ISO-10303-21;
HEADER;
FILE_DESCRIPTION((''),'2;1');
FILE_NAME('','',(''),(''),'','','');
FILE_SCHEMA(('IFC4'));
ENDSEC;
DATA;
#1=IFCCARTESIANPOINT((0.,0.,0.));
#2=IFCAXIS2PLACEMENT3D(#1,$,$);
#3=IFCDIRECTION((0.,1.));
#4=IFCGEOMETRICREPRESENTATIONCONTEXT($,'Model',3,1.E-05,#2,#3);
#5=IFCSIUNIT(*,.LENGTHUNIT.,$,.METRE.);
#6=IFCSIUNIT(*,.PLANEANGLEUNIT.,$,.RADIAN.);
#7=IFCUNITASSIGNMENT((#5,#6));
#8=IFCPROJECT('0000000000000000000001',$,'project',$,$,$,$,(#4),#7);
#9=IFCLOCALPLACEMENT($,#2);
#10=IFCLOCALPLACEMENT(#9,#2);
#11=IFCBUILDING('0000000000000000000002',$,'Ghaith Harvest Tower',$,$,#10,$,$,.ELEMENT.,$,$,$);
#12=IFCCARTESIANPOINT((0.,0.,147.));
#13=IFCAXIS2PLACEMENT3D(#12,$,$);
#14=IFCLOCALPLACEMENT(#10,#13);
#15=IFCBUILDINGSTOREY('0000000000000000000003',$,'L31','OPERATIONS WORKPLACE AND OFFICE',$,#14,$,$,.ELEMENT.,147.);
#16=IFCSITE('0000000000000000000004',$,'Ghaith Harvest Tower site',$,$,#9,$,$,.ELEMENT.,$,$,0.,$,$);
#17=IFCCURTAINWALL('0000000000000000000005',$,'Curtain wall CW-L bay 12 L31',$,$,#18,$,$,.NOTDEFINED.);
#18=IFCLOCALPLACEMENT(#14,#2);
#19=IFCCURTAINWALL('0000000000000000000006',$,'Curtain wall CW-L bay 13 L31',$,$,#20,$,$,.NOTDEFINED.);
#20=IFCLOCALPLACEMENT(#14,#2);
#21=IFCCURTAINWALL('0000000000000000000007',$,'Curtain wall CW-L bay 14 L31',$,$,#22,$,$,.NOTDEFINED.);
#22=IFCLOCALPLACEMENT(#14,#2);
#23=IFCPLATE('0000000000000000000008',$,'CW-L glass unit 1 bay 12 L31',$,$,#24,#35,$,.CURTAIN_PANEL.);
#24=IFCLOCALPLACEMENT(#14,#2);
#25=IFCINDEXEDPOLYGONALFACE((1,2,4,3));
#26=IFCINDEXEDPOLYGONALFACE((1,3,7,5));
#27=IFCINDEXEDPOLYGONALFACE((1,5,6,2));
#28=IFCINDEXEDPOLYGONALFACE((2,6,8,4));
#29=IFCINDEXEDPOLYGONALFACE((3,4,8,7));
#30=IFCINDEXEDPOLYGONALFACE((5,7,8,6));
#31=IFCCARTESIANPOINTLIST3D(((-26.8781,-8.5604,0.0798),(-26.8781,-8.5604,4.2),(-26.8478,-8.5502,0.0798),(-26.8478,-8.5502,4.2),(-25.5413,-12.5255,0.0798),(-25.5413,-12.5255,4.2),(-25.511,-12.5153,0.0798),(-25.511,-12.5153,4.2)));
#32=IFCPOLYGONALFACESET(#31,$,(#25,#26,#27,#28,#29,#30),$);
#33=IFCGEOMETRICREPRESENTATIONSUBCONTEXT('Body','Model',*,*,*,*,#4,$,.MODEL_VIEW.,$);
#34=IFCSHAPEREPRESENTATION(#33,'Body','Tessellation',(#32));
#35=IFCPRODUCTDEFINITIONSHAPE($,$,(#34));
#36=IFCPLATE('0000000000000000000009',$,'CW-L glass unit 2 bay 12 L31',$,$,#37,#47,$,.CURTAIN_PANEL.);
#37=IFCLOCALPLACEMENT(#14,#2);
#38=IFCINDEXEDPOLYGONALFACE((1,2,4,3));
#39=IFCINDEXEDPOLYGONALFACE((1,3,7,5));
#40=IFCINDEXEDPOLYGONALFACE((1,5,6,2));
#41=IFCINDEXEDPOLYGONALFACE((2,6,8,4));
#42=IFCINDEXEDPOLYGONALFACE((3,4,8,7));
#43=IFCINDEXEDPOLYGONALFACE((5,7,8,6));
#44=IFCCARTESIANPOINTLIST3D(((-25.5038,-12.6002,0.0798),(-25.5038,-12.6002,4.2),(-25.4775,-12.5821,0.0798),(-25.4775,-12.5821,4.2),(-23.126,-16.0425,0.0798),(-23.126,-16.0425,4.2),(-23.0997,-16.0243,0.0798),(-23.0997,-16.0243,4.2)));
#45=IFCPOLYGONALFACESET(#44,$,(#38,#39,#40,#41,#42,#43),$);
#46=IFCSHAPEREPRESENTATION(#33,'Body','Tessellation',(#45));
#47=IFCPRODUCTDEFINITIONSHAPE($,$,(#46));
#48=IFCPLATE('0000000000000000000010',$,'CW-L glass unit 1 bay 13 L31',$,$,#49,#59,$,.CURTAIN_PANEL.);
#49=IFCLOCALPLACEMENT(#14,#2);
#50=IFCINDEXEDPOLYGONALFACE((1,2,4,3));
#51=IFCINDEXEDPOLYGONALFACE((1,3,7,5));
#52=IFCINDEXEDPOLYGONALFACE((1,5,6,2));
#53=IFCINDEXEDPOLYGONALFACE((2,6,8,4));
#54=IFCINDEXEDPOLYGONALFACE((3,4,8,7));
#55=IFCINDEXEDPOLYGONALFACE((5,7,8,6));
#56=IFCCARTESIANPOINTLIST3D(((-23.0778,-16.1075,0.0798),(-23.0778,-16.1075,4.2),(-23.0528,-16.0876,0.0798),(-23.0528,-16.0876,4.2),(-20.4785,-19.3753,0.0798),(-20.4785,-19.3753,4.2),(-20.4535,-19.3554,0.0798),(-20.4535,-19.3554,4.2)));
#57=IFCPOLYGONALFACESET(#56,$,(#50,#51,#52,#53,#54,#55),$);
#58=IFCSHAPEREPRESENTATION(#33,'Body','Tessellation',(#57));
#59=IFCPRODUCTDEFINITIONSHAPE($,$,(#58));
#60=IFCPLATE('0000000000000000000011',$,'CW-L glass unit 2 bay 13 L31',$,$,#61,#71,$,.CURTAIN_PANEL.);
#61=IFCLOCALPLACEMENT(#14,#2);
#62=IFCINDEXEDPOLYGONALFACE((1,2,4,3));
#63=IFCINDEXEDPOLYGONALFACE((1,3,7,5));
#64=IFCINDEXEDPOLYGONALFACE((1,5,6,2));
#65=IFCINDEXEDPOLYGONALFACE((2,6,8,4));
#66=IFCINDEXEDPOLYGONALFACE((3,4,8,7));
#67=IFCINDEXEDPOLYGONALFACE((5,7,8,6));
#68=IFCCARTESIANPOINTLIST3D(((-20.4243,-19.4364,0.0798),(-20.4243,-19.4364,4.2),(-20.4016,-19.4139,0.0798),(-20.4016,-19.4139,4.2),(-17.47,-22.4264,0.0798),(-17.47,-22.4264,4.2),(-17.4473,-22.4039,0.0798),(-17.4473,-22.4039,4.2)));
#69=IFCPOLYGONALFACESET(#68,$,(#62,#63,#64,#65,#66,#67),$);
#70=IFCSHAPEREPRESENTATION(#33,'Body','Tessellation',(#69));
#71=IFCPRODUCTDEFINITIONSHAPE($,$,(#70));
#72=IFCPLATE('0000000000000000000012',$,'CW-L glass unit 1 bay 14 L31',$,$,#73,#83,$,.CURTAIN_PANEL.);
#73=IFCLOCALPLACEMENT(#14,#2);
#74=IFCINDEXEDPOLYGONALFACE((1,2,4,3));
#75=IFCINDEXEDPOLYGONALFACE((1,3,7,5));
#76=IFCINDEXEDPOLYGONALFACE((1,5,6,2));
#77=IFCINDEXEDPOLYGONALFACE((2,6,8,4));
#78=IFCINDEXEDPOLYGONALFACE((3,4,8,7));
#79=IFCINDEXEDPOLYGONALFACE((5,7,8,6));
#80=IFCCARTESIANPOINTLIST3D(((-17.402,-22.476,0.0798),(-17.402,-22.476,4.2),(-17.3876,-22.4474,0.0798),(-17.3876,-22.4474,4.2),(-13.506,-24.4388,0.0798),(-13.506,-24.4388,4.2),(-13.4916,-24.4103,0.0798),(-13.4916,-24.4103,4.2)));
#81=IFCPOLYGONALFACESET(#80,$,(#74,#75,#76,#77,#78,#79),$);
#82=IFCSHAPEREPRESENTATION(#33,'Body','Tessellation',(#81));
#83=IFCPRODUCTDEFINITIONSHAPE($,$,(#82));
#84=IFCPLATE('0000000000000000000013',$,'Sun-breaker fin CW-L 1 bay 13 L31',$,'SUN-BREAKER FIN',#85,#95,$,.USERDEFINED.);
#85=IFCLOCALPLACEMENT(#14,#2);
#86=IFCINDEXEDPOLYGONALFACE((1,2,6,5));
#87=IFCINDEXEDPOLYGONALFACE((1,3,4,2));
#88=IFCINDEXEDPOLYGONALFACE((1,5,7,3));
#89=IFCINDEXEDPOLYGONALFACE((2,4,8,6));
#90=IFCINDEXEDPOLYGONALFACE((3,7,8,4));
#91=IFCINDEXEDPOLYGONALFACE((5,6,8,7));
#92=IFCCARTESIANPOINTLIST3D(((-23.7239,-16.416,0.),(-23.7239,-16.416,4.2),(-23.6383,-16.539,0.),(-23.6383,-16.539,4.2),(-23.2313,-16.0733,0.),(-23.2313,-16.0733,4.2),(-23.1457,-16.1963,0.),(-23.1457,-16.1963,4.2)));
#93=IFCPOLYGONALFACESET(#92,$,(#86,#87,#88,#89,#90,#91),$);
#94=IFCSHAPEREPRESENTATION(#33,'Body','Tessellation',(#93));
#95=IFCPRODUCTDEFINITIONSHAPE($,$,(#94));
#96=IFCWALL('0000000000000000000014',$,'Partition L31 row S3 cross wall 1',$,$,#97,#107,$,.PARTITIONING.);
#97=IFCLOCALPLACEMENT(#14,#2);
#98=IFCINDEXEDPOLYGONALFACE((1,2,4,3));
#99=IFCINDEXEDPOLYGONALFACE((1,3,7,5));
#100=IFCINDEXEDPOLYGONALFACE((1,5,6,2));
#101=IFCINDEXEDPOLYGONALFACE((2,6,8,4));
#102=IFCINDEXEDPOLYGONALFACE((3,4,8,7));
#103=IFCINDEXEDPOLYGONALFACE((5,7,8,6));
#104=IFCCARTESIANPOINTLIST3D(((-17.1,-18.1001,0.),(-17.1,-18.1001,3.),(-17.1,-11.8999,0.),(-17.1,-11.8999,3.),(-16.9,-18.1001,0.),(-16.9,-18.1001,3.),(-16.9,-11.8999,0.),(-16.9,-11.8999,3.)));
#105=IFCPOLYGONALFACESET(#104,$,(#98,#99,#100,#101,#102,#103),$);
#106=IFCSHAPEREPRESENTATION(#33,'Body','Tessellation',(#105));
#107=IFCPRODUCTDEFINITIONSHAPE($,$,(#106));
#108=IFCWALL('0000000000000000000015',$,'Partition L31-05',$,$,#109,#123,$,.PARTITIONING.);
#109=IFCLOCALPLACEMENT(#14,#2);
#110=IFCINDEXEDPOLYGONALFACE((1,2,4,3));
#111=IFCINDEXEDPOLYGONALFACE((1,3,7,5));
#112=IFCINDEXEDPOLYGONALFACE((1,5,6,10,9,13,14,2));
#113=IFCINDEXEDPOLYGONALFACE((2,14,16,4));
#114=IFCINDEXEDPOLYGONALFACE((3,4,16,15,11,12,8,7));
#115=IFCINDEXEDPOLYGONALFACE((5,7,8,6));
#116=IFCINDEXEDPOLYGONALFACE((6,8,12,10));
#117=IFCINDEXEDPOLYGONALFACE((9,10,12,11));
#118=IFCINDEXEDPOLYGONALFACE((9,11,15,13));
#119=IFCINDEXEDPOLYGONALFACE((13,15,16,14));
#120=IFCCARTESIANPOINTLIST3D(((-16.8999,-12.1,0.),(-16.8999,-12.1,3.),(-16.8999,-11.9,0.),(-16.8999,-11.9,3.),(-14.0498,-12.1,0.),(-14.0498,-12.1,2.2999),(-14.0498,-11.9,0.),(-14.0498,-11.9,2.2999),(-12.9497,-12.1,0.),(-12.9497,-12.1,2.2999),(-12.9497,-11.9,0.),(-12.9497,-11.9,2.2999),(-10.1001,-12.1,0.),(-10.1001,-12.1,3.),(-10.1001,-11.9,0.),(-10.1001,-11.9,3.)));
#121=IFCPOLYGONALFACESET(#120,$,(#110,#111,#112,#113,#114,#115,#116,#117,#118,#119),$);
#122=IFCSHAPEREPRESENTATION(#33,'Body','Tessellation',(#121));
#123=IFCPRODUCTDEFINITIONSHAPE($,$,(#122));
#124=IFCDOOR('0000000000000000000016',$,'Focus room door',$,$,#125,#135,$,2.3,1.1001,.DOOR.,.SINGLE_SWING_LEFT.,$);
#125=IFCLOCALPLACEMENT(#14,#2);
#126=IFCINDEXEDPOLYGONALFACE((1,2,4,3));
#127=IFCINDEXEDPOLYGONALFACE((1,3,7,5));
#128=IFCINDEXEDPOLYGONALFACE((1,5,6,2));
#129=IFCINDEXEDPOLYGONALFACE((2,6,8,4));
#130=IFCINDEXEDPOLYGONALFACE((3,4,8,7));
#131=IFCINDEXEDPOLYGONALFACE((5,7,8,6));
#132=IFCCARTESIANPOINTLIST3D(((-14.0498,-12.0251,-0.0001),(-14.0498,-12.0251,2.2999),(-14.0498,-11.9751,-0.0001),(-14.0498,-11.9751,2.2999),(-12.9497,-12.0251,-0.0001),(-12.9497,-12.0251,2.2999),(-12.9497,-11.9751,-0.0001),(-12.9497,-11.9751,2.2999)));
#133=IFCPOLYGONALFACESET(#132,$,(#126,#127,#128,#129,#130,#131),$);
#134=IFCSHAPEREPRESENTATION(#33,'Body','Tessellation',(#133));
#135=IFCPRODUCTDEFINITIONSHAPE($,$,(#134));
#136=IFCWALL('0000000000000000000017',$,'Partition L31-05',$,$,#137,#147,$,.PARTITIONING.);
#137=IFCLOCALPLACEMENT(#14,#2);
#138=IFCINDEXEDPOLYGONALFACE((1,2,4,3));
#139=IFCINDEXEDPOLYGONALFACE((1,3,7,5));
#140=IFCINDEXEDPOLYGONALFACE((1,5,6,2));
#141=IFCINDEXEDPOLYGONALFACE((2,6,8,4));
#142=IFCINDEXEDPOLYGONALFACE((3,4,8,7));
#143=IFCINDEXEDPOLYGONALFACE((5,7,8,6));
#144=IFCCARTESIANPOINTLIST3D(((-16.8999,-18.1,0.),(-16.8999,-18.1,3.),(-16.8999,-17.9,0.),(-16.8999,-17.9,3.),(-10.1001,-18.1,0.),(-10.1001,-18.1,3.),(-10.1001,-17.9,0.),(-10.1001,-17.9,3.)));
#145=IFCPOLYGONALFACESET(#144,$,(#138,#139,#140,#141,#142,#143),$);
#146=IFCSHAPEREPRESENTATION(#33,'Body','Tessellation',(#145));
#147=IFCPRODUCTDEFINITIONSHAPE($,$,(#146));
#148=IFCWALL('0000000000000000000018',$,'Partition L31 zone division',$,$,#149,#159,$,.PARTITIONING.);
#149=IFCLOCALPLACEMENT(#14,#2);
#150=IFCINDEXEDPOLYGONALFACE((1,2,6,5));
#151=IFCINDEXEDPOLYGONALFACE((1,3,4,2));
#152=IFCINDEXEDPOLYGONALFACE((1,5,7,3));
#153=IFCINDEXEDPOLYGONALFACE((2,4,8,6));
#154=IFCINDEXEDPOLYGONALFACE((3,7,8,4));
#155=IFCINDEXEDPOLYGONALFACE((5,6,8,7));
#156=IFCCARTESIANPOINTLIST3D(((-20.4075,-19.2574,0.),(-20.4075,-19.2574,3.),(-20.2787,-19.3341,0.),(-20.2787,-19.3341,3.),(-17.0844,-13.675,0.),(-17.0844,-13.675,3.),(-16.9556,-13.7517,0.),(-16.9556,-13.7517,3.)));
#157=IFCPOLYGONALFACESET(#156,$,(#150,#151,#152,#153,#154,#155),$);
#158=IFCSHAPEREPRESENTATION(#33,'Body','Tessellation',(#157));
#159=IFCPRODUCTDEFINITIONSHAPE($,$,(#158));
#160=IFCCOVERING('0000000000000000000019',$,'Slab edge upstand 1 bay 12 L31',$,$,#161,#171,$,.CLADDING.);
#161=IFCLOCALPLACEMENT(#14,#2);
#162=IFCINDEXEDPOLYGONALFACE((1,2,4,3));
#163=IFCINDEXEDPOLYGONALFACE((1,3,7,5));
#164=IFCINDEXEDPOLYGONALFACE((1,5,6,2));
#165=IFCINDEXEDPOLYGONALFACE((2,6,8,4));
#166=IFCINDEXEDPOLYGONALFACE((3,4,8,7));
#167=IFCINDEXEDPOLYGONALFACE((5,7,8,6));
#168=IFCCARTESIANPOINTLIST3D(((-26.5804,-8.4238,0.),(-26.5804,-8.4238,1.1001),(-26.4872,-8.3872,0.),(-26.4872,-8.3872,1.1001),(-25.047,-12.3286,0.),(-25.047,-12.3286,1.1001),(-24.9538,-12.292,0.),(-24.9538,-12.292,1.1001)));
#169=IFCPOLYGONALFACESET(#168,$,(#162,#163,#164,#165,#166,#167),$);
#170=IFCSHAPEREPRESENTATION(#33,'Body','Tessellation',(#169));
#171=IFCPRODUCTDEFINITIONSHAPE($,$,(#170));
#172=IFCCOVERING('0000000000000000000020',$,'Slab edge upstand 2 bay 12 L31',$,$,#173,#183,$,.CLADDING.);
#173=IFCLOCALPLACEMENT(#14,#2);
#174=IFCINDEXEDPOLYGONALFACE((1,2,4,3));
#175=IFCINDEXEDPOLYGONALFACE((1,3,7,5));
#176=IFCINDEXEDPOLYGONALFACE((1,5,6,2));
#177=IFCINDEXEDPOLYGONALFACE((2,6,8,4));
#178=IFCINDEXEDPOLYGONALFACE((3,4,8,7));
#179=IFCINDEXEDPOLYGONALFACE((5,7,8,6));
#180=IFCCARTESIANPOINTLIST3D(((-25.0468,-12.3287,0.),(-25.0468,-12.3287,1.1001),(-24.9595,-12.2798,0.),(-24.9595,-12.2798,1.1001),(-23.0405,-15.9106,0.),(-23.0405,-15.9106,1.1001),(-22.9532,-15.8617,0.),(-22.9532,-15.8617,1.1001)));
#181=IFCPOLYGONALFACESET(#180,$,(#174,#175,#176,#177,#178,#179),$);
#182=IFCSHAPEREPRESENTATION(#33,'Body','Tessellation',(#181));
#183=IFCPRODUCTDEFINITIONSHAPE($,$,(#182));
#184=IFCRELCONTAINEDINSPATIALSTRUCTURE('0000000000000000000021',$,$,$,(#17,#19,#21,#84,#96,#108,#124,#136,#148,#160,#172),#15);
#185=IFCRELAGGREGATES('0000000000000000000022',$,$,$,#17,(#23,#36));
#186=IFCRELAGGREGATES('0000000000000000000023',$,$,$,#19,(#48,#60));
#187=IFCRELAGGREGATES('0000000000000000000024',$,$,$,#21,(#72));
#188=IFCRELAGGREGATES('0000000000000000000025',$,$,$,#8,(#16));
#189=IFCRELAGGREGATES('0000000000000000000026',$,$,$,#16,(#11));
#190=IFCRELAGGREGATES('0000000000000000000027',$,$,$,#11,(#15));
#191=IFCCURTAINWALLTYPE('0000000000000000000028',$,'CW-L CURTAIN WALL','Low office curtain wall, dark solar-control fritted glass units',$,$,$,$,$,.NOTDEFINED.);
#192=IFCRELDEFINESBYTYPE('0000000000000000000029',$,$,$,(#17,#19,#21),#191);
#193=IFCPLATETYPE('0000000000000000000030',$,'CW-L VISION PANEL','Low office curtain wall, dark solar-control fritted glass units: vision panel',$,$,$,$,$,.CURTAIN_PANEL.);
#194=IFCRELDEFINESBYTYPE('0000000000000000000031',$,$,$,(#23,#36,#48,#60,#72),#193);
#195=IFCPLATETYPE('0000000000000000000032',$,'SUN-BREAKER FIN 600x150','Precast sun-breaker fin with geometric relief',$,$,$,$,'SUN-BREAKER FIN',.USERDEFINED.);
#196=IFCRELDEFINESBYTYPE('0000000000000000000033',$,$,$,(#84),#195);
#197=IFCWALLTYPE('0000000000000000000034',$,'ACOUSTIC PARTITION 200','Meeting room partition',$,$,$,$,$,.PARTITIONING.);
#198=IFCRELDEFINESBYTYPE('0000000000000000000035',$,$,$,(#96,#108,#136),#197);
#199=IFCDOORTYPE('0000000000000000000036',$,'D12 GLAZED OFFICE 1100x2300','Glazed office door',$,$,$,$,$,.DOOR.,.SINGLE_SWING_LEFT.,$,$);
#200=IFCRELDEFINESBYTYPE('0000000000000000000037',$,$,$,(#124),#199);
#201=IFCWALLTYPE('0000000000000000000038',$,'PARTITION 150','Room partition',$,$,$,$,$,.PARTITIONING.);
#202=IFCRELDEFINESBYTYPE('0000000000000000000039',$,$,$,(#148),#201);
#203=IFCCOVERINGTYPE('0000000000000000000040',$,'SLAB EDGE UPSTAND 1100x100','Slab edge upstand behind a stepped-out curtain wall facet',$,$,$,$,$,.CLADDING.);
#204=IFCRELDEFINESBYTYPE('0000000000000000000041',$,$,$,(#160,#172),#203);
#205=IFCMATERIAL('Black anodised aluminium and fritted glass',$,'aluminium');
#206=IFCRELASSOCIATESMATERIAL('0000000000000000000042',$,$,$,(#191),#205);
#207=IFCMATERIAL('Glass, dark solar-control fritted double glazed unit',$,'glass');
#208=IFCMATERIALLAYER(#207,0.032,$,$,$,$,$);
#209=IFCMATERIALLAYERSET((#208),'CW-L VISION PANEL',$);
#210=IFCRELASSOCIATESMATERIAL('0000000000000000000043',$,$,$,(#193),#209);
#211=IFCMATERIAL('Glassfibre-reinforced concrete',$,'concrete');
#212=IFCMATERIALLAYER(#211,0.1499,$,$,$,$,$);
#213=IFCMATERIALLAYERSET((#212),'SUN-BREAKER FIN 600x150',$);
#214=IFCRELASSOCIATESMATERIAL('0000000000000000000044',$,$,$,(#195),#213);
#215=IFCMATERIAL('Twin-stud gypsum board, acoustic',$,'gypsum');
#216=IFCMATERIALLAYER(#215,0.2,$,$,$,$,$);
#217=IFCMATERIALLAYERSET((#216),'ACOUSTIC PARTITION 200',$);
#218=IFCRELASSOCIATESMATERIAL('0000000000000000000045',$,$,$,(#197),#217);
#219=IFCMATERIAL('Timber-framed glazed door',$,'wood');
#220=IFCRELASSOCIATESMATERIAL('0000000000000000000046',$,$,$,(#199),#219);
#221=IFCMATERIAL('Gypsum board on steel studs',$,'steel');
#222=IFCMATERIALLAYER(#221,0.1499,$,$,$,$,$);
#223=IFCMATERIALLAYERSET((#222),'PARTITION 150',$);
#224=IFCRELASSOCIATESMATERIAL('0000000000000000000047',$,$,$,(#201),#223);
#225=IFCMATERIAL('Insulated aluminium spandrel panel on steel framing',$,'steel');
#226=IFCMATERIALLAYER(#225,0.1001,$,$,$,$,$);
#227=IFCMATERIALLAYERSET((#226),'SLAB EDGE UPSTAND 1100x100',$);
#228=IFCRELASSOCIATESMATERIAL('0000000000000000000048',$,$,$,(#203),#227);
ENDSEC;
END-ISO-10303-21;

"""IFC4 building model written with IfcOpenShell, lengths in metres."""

from ifc_helpers import new_model, si_unit, direction, frame, frame_2d, origin, origin_2d, place, context, subcontext, project, spatial, rectangle, extrude, material, layer, layer_set, type_object, element, fill, aggregate, save


model = new_model("IFC4")

# Units and contexts
model_context = context("Model", 3, precision=1e-05, world=origin(), true_north=direction((0.0, 1.0)))
body_context = subcontext(model_context, "Body", "Model", "MODEL_VIEW")
ifc_project = project(units=[si_unit("LENGTHUNIT", "METRE"), si_unit("PLANEANGLEUNIT", "RADIAN")], contexts=[model_context])

# Site, building, storey
site_placement = place(None, origin())
site = spatial("IfcSite", under=ifc_project, at=site_placement, Name="Ghaith Harvest Tower site", CompositionType="ELEMENT", RefElevation=0.0)
building_placement = place(site_placement, origin())
building = spatial("IfcBuilding", under=site, at=building_placement, Name="Ghaith Harvest Tower", CompositionType="ELEMENT")
storey_placement = place(building_placement, frame((0.0, 0.0, 147.0)))
storey = spatial("IfcBuildingStorey", under=building, at=storey_placement, Name="L31", Description="OPERATIONS WORKPLACE AND OFFICE", CompositionType="ELEMENT", Elevation=147.0)

# Curtain wall
ifc_material_1 = material(Name="Black anodised aluminium and fritted glass", Category="aluminium")
curtain_wall_type = type_object("IfcCurtainWallType", Name="CW-L CURTAIN WALL", Description="Low office curtain wall, dark solar-control fritted glass units", PredefinedType="NOTDEFINED", material=ifc_material_1)
curtain_wall_1_placement = place(storey_placement, origin())
curtain_wall_1 = element("IfcCurtainWall", 1, at=curtain_wall_1_placement, inside=storey, type_object=curtain_wall_type, Name="Curtain wall CW-L bay 12 L31", PredefinedType="NOTDEFINED")

# Curtain wall
curtain_wall_2_placement = place(storey_placement, origin())
curtain_wall_2 = element("IfcCurtainWall", 2, at=curtain_wall_2_placement, inside=storey, type_object=curtain_wall_type, Name="Curtain wall CW-L bay 13 L31", PredefinedType="NOTDEFINED")

# Curtain wall
curtain_wall_3_placement = place(storey_placement, origin())
curtain_wall_3 = element("IfcCurtainWall", 3, at=curtain_wall_3_placement, inside=storey, type_object=curtain_wall_type, Name="Curtain wall CW-L bay 14 L31", PredefinedType="NOTDEFINED")

# Plates
ifc_material_2 = material(Name="Glass, dark solar-control fritted double glazed unit", Category="glass")
ifc_layer_1 = layer(ifc_material_2, 0.032)
ifc_layer_set_1 = layer_set([ifc_layer_1], Name="CW-L VISION PANEL")
plate_type_1 = type_object("IfcPlateType", Name="CW-L VISION PANEL", Description="Low office curtain wall, dark solar-control fritted glass units: vision panel", PredefinedType="CURTAIN_PANEL", material=ifc_layer_set_1)
plate_1_placement = place(storey_placement, frame((-26.1946, -10.5378, 0.0798), z_axis=(0.0, 0.0, 1.0), x_axis=(0.319477, -0.947594, 0.0)))
plate_1 = element("IfcPlate", 4, at=plate_1_placement, type_object=plate_type_1, Name="CW-L glass unit 1 bay 12 L31", PredefinedType="CURTAIN_PANEL", context=body_context, shape_type="SweptSolid", body=[
    extrude(rectangle(XDim=4.1843, YDim=0.032, at=origin_2d()), origin(), (0.0, 0.0, 1.0), 4.1201),
])
plate_2_placement = place(storey_placement, frame((-24.3018, -14.3123, 0.0798), z_axis=(0.0, 0.0, 1.0), x_axis=(0.568348, -0.822788, 0.0)))
plate_2 = element("IfcPlate", 5, at=plate_2_placement, type_object=plate_type_1, Name="CW-L glass unit 2 bay 12 L31", PredefinedType="CURTAIN_PANEL", context=body_context, shape_type="SweptSolid", body=[
    extrude(rectangle(XDim=4.1836, YDim=0.032, at=origin_2d()), origin(), (0.0, 0.0, 1.0), 4.1201),
])
aggregate(curtain_wall_1, [plate_1, plate_2])
plate_3_placement = place(storey_placement, frame((-21.7656, -17.7314, 0.0798), z_axis=(0.0, 0.0, 1.0), x_axis=(0.622507, -0.782614, 0.0)))
plate_3 = element("IfcPlate", 6, at=plate_3_placement, type_object=plate_type_1, Name="CW-L glass unit 1 bay 13 L31", PredefinedType="CURTAIN_PANEL", context=body_context, shape_type="SweptSolid", body=[
    extrude(rectangle(XDim=4.1755, YDim=0.032, at=origin_2d()), origin(), (0.0, 0.0, 1.0), 4.1201),
])
plate_4_placement = place(storey_placement, frame((-18.9358, -20.9202, 0.0798), z_axis=(0.0, 0.0, 1.0), x_axis=(0.702843, -0.711345, 0.0)))
plate_4 = element("IfcPlate", 7, at=plate_4_placement, type_object=plate_type_1, Name="CW-L glass unit 2 bay 13 L31", PredefinedType="CURTAIN_PANEL", context=body_context, shape_type="SweptSolid", body=[
    extrude(rectangle(XDim=4.2034, YDim=0.032, at=origin_2d()), origin(), (0.0, 0.0, 1.0), 4.1201),
])
aggregate(curtain_wall_2, [plate_3, plate_4])
plate_5_placement = place(storey_placement, frame((-15.4468, -23.4431, 0.0798), z_axis=(0.0, 0.0, 1.0), x_axis=(0.893062, -0.449933, 0.0)))
plate_5 = element("IfcPlate", 8, at=plate_5_placement, type_object=plate_type_1, Name="CW-L glass unit 1 bay 14 L31", PredefinedType="CURTAIN_PANEL", context=body_context, shape_type="SweptSolid", body=[
    extrude(rectangle(XDim=4.3625, YDim=0.032, at=origin_2d()), origin(), (0.0, 0.0, 1.0), 4.1201),
])
aggregate(curtain_wall_3, [plate_5])
ifc_material_3 = material(Name="Glassfibre-reinforced concrete", Category="concrete")
ifc_layer_2 = layer(ifc_material_3, 0.1499)
ifc_layer_set_2 = layer_set([ifc_layer_2], Name="SUN-BREAKER FIN 600x150")
plate_type_2 = type_object("IfcPlateType", Name="SUN-BREAKER FIN 600x150", Description="Precast sun-breaker fin with geometric relief", ElementType="SUN-BREAKER FIN", PredefinedType="USERDEFINED", material=ifc_layer_set_2)
plate_6_placement = place(storey_placement, frame((-23.4348, -16.3062, 0.0), z_axis=(0.0, 0.0, 1.0), x_axis=(-0.820845, -0.57115, 0.0)))
element("IfcPlate", 9, at=plate_6_placement, inside=storey, type_object=plate_type_2, Name="Sun-breaker fin CW-L 1 bay 13 L31", ObjectType="SUN-BREAKER FIN", PredefinedType="USERDEFINED", context=body_context, shape_type="SweptSolid", body=[
    extrude(rectangle(XDim=0.6001, YDim=0.1499, at=origin_2d()), origin(), (0.0, 0.0, 1.0), 4.2),
])

# Wall
ifc_material_4 = material(Name="Twin-stud gypsum board, acoustic", Category="gypsum")
ifc_layer_3 = layer(ifc_material_4, 0.2)
ifc_layer_set_3 = layer_set([ifc_layer_3], Name="ACOUSTIC PARTITION 200")
wall_type_1 = type_object("IfcWallType", Name="ACOUSTIC PARTITION 200", Description="Meeting room partition", PredefinedType="PARTITIONING", material=ifc_layer_set_3)
wall_1_placement = place(storey_placement, frame((-17.0, -11.8999, 0.0), z_axis=(0.0, 0.0, 1.0), x_axis=(0.0, -1.0, 0.0)))
element("IfcWall", 10, at=wall_1_placement, inside=storey, type_object=wall_type_1, Name="Partition L31 row S3 cross wall 1", PredefinedType="PARTITIONING", context=body_context, shape_type="SweptSolid", body=[
    extrude(rectangle(XDim=6.2002, YDim=0.2, at=frame_2d((3.1001, 0.0))), origin(), (0.0, 0.0, 1.0), 3.0),
])

# Wall, opening, door
wall_2_placement = place(storey_placement, frame((-16.8999, -12.0, 0.0), z_axis=(0.0, 0.0, 1.0), x_axis=(1.0, 0.0, 0.0)))
wall_2 = element("IfcWall", 11, at=wall_2_placement, inside=storey, type_object=wall_type_1, Name="Partition L31-05", PredefinedType="PARTITIONING", context=body_context, shape_type="SweptSolid", body=[
    extrude(rectangle(XDim=6.7998, YDim=0.2, at=frame_2d((3.3999, 0.0))), origin(), (0.0, 0.0, 1.0), 3.0),
])
opening_1_placement = place(wall_2_placement, frame((2.8501, 0.0, 0.0)))
opening_1 = element("IfcOpeningElement", 12, at=opening_1_placement, cuts=wall_2, PredefinedType="OPENING", context=body_context, shape_type="SweptSolid", body=[
    extrude(rectangle(XDim=1.1001, YDim=2.3, at=frame_2d((0.55, 1.1499))), frame((0.0, 0.1099, 0.0), z_axis=(0.0, -1.0, 0.0), x_axis=(1.0, 0.0, 0.0)), (0.0, 0.0, 1.0), 0.22),
])
ifc_material_5 = material(Name="Timber-framed glazed door", Category="wood")
door_type_1 = type_object("IfcDoorType", Name="D12 GLAZED OFFICE 1100x2300", Description="Glazed office door", OperationType="SINGLE_SWING_LEFT", PredefinedType="DOOR", material=ifc_material_5)
door_1_placement = place(opening_1_placement, origin())
door_1 = element("IfcDoor", 13, at=door_1_placement, inside=storey, type_object=door_type_1, Name="Focus room door", OperationType="SINGLE_SWING_LEFT", OverallHeight=2.3, OverallWidth=1.1001, PredefinedType="DOOR", context=body_context, shape_type="SweptSolid", body=[
    extrude(rectangle(XDim=1.1001, YDim=2.3, at=frame_2d((0.55, 1.1499))), frame((0.0, 0.0249, 0.0), z_axis=(0.0, -1.0, 0.0), x_axis=(1.0, 0.0, 0.0)), (0.0, 0.0, 1.0), 0.05),
])
fill(opening_1, door_1)

# Wall
wall_3_placement = place(storey_placement, frame((-16.8999, -18.0, 0.0), z_axis=(0.0, 0.0, 1.0), x_axis=(1.0, 0.0, 0.0)))
element("IfcWall", 14, at=wall_3_placement, inside=storey, type_object=wall_type_1, Name="Partition L31-05", PredefinedType="PARTITIONING", context=body_context, shape_type="SweptSolid", body=[
    extrude(rectangle(XDim=6.7998, YDim=0.2, at=frame_2d((3.3999, 0.0))), origin(), (0.0, 0.0, 1.0), 3.0),
])

# Wall
ifc_material_6 = material(Name="Gypsum board on steel studs", Category="steel")
ifc_layer_4 = layer(ifc_material_6, 0.1499)
ifc_layer_set_4 = layer_set([ifc_layer_4], Name="PARTITION 150")
wall_type_2 = type_object("IfcWallType", Name="PARTITION 150", Description="Room partition", PredefinedType="PARTITIONING", material=ifc_layer_set_4)
wall_4_placement = place(storey_placement, frame((-17.02, -13.7134, 0.0), z_axis=(0.0, 0.0, 1.0), x_axis=(-0.511508, -0.859278, 0.0)))
element("IfcWall", 15, at=wall_4_placement, inside=storey, type_object=wall_type_2, Name="Partition L31 zone division", PredefinedType="PARTITIONING", context=body_context, shape_type="SweptSolid", body=[
    extrude(rectangle(XDim=6.4966, YDim=0.1499, at=frame_2d((3.2483, 0.0))), origin(), (0.0, 0.0, 1.0), 3.0),
])

# Coverings
ifc_material_7 = material(Name="Insulated aluminium spandrel panel on steel framing", Category="steel")
ifc_layer_5 = layer(ifc_material_7, 0.1001)
ifc_layer_set_5 = layer_set([ifc_layer_5], Name="SLAB EDGE UPSTAND 1100x100")
covering_type = type_object("IfcCoveringType", Name="SLAB EDGE UPSTAND 1100x100", Description="Slab edge upstand behind a stepped-out curtain wall facet", PredefinedType="CLADDING", material=ifc_layer_set_5)
covering_1_placement = place(storey_placement, frame((-25.7671, -10.3579, 0.0), z_axis=(0.0, 0.0, 1.0), x_axis=(0.365515, -0.930805, 0.0)))
element("IfcCovering", 16, at=covering_1_placement, inside=storey, type_object=covering_type, Name="Slab edge upstand 1 bay 12 L31", PredefinedType="CLADDING", context=body_context, shape_type="SweptSolid", body=[
    extrude(rectangle(XDim=4.1951, YDim=0.1001, at=origin_2d()), origin(), (0.0, 0.0, 1.0), 1.1001),
])
covering_2_placement = place(storey_placement, frame((-24.0, -14.0952, 0.0), z_axis=(0.0, 0.0, 1.0), x_axis=(0.488684, -0.872461, 0.0)))
element("IfcCovering", 17, at=covering_2_placement, inside=storey, type_object=covering_type, Name="Slab edge upstand 2 bay 12 L31", PredefinedType="CLADDING", context=body_context, shape_type="SweptSolid", body=[
    extrude(rectangle(XDim=4.1055, YDim=0.1001, at=origin_2d()), origin(), (0.0, 0.0, 1.0), 1.1001),
])

save(model, "model.ifc")
